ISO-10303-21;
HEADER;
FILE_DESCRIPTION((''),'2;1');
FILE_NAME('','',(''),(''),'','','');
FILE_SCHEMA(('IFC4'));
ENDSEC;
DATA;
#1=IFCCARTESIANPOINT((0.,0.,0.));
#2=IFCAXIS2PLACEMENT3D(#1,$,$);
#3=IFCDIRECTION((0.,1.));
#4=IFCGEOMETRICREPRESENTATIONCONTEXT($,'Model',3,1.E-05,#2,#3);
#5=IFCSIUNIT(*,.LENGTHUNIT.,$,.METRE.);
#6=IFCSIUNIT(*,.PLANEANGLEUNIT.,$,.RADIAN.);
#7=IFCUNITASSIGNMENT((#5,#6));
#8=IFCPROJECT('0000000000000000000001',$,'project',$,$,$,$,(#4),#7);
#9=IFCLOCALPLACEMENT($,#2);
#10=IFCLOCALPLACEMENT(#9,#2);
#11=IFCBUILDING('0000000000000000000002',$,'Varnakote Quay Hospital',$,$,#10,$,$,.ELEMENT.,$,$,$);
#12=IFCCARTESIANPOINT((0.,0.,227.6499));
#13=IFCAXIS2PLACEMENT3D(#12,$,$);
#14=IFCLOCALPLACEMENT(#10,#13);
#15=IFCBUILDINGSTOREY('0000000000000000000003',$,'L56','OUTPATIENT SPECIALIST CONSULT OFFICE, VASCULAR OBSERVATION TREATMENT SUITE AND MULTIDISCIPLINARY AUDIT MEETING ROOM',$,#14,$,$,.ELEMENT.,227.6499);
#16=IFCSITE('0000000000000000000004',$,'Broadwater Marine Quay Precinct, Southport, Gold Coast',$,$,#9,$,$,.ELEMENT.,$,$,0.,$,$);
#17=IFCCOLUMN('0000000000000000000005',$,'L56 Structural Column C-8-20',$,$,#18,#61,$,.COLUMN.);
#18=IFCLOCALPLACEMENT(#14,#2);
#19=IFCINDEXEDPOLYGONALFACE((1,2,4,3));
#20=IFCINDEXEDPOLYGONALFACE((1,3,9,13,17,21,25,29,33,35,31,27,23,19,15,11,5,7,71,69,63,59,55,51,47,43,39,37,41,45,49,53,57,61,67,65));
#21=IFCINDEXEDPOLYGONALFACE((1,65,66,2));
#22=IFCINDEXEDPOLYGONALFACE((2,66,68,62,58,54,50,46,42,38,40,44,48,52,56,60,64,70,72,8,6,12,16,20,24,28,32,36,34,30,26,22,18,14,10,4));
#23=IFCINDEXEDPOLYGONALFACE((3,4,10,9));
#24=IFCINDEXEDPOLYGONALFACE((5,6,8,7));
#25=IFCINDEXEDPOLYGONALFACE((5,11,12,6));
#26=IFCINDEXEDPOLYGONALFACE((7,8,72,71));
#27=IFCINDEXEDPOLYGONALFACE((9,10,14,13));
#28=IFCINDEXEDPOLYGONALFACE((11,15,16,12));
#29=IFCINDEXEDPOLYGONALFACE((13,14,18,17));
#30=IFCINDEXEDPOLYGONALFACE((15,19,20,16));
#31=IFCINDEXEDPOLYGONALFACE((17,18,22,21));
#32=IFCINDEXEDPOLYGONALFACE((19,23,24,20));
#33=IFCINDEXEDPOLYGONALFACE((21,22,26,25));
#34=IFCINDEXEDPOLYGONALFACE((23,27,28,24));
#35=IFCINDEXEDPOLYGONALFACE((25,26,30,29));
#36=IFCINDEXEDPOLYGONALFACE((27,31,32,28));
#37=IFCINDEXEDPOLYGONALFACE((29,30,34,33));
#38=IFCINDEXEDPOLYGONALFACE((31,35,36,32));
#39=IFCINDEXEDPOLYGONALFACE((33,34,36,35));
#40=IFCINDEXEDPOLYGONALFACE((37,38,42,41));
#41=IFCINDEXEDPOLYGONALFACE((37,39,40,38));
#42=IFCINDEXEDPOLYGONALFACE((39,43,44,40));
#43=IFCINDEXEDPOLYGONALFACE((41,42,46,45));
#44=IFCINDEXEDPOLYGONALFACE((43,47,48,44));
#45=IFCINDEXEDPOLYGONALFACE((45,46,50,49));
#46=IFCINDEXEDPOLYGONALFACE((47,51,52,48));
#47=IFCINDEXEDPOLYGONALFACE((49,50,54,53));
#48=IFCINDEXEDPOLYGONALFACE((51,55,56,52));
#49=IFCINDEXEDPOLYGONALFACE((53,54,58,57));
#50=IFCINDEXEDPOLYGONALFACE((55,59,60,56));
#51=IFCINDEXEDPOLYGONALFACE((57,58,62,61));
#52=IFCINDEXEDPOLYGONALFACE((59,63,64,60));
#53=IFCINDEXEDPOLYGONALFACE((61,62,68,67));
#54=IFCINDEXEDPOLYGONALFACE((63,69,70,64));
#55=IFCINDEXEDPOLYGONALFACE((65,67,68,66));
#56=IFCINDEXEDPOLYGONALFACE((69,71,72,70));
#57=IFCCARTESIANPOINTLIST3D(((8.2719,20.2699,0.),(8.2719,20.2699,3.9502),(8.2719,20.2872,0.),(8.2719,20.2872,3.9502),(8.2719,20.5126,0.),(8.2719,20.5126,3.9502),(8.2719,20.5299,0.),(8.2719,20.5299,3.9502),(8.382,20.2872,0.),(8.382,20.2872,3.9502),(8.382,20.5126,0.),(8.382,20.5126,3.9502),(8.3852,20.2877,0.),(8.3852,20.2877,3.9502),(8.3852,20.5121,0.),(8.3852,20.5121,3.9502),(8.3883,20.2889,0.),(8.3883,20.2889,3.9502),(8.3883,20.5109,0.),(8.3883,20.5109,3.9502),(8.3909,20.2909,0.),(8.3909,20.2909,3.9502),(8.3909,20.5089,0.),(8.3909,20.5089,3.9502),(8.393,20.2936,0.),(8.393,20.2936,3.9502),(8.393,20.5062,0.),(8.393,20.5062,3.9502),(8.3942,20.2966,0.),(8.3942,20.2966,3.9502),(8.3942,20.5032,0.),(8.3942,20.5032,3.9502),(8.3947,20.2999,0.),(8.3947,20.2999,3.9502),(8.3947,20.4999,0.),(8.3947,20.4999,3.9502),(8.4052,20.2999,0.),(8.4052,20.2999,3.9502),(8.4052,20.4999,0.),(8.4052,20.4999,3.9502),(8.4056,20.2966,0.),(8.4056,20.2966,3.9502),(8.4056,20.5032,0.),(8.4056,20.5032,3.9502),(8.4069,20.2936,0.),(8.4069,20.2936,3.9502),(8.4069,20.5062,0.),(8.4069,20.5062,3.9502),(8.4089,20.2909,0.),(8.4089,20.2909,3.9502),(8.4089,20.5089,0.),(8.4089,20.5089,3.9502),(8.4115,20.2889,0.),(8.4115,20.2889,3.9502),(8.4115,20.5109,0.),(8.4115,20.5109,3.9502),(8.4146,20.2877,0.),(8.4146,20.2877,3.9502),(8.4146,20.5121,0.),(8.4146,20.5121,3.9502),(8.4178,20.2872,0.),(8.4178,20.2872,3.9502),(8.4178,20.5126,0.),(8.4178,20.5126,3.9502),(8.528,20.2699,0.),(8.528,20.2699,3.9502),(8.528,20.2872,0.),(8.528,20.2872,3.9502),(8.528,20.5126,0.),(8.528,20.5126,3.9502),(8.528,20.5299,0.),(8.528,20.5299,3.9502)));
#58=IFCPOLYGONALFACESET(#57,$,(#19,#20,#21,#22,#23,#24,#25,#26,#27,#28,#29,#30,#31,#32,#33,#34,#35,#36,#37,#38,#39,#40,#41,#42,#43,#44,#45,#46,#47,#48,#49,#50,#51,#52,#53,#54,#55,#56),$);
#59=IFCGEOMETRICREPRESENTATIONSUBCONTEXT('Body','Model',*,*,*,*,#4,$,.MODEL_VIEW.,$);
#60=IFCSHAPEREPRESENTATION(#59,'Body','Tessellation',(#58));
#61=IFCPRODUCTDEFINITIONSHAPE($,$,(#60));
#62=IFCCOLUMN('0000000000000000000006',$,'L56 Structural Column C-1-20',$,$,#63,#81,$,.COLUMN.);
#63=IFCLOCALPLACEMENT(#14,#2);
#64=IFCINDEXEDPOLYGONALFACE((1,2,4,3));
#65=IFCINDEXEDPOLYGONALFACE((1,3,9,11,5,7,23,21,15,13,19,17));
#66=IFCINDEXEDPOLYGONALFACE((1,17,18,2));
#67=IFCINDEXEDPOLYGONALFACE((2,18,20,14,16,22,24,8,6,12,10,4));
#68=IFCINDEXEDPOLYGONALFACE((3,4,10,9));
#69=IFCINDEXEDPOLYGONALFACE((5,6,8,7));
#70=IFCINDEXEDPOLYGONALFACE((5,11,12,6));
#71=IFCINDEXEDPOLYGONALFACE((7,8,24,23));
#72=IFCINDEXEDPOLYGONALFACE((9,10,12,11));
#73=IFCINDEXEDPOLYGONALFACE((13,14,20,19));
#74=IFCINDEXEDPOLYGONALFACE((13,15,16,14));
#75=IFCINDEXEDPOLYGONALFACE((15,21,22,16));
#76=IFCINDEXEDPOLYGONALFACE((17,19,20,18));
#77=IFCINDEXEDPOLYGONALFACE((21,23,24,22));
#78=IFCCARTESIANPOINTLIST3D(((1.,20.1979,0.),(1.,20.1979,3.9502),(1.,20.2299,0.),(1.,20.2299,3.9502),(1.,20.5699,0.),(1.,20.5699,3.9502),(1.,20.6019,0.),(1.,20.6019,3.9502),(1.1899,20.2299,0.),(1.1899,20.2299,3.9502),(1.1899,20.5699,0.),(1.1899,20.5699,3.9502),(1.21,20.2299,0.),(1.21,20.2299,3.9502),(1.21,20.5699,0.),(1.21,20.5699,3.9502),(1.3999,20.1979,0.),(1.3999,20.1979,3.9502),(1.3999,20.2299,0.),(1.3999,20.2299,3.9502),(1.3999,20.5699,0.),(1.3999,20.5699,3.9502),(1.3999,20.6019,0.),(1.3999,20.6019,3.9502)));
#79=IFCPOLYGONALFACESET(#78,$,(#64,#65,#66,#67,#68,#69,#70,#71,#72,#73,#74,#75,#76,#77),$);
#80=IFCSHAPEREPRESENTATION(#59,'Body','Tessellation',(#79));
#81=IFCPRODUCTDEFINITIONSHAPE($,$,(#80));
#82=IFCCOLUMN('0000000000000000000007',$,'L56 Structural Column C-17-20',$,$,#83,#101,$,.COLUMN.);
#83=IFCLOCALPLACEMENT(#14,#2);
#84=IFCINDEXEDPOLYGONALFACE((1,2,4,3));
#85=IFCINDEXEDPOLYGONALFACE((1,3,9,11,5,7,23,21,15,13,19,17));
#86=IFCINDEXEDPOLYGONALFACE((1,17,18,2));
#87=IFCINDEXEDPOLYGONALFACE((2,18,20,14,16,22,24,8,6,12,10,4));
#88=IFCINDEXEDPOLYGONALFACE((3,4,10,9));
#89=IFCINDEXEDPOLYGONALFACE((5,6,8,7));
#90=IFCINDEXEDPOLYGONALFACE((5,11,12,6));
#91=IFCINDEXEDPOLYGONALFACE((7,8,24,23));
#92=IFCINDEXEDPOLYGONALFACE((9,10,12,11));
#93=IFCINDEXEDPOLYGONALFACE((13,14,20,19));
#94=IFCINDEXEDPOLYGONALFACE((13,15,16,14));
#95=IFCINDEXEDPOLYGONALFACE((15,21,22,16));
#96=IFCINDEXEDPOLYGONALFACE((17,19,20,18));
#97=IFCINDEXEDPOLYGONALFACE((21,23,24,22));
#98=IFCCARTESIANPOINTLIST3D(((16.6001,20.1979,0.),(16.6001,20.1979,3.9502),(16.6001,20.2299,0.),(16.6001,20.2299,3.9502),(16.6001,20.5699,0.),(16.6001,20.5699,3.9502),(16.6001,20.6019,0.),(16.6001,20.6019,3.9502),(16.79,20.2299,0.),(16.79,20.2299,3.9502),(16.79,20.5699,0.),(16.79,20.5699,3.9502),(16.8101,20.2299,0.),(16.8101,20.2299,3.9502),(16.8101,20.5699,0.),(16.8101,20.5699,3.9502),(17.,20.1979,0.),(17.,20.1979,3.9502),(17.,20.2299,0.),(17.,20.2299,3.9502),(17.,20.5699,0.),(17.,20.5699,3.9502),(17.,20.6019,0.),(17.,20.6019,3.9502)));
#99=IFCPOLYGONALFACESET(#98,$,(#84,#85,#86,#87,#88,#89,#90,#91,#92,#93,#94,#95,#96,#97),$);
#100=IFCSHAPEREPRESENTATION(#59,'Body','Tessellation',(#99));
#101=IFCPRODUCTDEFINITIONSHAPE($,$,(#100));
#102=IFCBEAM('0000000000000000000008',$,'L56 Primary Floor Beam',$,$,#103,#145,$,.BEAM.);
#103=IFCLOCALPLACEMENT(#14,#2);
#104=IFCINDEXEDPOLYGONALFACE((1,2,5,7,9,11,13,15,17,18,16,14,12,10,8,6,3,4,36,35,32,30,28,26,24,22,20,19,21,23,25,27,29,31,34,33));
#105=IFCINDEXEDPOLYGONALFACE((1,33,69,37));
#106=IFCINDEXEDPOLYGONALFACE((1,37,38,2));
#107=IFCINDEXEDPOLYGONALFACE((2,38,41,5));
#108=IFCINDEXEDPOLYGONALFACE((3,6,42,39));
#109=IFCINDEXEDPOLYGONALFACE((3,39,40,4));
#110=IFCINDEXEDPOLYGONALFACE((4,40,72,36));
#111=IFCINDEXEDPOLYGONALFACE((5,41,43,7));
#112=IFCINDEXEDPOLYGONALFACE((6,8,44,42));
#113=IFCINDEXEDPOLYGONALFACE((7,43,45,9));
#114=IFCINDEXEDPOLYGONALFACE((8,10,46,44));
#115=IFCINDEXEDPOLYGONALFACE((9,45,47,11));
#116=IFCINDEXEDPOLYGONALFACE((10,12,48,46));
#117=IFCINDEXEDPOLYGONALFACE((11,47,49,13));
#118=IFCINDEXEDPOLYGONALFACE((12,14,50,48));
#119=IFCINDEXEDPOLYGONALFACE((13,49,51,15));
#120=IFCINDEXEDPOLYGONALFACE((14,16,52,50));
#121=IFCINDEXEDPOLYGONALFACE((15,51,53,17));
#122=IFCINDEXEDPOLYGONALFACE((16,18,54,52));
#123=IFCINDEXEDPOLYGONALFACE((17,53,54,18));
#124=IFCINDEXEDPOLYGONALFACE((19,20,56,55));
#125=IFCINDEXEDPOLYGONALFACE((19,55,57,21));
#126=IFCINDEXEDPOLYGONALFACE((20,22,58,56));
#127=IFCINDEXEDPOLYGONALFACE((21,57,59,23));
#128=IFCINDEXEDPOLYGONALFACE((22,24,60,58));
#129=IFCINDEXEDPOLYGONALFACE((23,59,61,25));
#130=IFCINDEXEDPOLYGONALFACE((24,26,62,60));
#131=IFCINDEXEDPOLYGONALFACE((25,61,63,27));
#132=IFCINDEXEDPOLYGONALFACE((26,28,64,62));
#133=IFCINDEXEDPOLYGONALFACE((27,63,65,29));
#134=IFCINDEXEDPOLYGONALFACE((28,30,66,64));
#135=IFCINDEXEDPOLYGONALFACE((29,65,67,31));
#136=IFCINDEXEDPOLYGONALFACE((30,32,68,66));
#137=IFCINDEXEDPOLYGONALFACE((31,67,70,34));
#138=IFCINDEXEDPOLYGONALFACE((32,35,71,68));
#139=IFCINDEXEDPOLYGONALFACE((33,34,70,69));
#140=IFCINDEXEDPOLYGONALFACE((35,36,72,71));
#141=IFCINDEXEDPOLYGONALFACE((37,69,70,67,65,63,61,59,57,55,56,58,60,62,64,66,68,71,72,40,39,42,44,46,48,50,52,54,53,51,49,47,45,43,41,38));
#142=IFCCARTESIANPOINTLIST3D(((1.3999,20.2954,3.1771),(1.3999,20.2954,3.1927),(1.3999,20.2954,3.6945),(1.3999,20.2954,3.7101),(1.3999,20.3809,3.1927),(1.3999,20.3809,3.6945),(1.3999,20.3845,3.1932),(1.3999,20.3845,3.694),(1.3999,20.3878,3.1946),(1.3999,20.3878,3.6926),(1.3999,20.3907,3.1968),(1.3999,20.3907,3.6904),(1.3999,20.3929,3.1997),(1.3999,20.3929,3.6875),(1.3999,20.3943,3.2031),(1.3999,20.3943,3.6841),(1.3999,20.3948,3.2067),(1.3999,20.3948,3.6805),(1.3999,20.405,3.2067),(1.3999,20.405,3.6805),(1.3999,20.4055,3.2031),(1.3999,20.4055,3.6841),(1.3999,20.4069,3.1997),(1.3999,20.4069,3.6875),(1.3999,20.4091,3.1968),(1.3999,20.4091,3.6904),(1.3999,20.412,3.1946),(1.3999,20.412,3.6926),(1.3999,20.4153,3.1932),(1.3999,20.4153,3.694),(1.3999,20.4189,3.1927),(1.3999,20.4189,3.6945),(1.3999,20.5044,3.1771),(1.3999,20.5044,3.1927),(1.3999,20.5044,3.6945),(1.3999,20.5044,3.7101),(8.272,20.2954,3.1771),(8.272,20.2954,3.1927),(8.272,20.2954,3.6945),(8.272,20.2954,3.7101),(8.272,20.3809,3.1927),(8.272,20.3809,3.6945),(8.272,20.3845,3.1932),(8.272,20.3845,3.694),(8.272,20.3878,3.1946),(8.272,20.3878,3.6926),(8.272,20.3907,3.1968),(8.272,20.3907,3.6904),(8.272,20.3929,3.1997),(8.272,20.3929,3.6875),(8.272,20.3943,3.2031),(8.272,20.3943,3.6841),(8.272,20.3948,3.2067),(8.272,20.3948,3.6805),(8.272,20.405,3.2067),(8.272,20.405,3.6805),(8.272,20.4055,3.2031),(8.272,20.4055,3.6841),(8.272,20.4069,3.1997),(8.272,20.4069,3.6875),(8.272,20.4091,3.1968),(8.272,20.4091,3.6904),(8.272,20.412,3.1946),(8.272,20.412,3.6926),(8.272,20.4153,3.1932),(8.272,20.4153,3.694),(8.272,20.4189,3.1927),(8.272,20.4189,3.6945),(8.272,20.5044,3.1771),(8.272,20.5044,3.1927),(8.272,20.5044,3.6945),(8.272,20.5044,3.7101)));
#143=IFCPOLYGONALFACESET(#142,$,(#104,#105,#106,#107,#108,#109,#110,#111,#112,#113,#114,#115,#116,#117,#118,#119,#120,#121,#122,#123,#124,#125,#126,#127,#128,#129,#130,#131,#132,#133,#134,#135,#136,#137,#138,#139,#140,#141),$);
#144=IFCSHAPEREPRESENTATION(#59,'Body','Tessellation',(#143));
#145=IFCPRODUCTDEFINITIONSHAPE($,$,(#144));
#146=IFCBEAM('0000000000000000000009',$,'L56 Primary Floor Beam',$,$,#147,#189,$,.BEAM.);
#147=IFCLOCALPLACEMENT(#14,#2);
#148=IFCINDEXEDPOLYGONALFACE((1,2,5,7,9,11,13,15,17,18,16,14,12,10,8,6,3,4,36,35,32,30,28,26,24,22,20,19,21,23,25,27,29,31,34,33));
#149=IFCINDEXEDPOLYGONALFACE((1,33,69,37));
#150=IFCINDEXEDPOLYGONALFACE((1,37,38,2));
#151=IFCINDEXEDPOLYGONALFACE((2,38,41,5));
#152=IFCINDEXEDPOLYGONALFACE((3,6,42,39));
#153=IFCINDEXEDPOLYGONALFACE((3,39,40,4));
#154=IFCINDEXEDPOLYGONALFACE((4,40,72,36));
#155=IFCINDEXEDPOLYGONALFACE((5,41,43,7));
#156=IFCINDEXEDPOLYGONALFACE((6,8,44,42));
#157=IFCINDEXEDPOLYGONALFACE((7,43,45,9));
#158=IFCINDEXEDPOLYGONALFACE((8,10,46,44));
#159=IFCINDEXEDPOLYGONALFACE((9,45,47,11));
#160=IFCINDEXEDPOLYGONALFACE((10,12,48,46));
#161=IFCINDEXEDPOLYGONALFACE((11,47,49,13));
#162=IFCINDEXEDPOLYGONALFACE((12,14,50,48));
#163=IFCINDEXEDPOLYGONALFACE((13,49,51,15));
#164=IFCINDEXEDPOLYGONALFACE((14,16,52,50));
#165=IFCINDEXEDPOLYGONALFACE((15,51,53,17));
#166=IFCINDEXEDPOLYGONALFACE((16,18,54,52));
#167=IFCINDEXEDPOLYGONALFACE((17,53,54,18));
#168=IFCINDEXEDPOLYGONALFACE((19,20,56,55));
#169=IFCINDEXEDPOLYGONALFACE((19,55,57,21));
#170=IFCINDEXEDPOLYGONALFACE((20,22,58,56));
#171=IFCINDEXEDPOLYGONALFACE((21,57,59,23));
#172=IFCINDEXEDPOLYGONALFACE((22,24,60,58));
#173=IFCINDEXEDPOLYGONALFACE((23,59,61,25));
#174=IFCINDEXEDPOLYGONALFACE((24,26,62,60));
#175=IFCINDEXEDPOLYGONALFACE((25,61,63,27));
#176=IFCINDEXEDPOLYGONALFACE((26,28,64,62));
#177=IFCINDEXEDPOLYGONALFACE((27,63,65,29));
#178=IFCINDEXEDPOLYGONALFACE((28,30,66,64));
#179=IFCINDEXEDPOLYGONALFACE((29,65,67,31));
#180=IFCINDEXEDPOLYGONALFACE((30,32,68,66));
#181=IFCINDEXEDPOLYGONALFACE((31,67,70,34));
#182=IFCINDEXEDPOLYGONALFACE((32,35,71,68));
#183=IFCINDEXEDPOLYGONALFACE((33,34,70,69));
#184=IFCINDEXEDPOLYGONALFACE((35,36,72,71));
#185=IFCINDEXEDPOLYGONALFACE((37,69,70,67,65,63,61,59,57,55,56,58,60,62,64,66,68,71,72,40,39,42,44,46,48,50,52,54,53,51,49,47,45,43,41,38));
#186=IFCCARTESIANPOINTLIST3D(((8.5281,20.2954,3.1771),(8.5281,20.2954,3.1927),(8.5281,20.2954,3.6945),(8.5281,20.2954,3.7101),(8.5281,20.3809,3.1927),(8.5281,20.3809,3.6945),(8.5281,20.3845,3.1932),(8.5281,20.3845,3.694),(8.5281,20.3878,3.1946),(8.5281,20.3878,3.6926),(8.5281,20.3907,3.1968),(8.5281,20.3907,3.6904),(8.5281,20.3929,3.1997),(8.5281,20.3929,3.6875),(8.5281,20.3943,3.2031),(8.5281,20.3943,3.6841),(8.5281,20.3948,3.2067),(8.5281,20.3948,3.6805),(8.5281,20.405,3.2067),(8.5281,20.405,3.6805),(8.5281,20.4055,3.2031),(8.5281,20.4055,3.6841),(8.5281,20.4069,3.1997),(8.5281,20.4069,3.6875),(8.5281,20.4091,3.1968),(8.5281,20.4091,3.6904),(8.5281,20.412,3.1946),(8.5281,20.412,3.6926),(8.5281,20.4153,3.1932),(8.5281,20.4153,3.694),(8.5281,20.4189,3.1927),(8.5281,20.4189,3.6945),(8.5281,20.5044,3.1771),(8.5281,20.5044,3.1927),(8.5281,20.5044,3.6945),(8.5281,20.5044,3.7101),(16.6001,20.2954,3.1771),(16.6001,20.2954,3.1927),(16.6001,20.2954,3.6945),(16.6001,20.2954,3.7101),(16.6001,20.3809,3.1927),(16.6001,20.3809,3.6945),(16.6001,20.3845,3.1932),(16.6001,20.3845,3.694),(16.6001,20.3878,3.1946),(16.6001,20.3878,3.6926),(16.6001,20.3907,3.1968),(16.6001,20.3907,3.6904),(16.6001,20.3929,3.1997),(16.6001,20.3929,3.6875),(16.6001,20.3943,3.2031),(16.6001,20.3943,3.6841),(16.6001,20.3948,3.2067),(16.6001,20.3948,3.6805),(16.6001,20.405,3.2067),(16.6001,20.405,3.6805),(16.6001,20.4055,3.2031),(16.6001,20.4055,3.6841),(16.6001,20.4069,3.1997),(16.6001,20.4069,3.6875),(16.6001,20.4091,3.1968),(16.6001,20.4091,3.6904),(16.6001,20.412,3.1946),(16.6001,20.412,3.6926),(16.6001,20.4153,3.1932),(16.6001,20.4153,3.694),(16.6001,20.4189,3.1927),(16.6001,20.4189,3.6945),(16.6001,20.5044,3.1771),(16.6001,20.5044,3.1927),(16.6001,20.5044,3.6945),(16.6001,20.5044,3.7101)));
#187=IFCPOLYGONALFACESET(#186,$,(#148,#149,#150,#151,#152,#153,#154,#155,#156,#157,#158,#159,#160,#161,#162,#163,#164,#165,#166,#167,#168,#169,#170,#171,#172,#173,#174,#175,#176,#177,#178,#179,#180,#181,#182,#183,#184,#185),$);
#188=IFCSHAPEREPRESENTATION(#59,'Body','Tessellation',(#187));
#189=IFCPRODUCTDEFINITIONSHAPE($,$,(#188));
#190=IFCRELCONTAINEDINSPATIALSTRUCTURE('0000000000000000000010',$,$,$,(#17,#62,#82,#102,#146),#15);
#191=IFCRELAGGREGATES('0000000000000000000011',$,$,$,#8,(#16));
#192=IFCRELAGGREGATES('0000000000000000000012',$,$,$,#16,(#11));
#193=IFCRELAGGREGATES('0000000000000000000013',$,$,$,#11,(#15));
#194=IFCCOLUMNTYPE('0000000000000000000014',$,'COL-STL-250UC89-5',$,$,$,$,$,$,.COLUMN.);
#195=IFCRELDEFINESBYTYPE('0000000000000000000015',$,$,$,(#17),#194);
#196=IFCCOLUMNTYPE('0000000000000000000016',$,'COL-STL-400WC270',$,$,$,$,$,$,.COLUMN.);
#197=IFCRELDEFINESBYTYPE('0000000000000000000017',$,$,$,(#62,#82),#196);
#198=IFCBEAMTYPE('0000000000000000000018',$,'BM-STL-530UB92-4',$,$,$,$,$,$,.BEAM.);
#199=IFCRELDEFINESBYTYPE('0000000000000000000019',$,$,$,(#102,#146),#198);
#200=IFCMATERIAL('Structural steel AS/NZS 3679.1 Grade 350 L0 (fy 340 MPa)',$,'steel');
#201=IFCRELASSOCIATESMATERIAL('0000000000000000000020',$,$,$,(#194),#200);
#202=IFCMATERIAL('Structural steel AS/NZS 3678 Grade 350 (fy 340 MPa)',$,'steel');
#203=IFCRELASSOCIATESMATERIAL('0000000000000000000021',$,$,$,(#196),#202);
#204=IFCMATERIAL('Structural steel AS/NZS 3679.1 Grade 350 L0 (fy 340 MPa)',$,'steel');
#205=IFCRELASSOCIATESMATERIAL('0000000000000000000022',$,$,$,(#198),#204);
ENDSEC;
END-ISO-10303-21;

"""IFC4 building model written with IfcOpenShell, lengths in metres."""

from ifc_helpers import new_model, si_unit, direction, frame, origin, origin_2d, place, context, subcontext, project, spatial, i_section, extrude, material, material_profile, profile_set, type_object, element, save


model = new_model("IFC4")

# Units and contexts
model_context = context("Model", 3, precision=1e-05, world=origin(), true_north=direction((0.0, 1.0)))
body_context = subcontext(model_context, "Body", "Model", "MODEL_VIEW")
ifc_project = project(units=[si_unit("LENGTHUNIT", "METRE"), si_unit("PLANEANGLEUNIT", "RADIAN")], contexts=[model_context])

# Site, building, storey
site_placement = place(None, origin())
site = spatial("IfcSite", under=ifc_project, at=site_placement, Name="Broadwater Marine Quay Precinct, Southport, Gold Coast", CompositionType="ELEMENT", RefElevation=0.0)
building_placement = place(site_placement, origin())
building = spatial("IfcBuilding", under=site, at=building_placement, Name="Varnakote Quay Hospital", CompositionType="ELEMENT")
storey_placement = place(building_placement, frame((0.0, 0.0, 227.6499)))
storey = spatial("IfcBuildingStorey", under=building, at=storey_placement, Name="L56", Description="OUTPATIENT SPECIALIST CONSULT OFFICE, VASCULAR OBSERVATION TREATMENT SUITE AND MULTIDISCIPLINARY AUDIT MEETING ROOM", CompositionType="ELEMENT", Elevation=227.6499)

# Columns
ifc_material_1 = material(Name="Structural steel AS/NZS 3679.1 Grade 350 L0 (fy 340 MPa)", Category="steel")
ifc_material_profile_1 = material_profile(ifc_material_1, i_section(OverallWidth=0.2561, OverallDepth=0.26, WebThickness=0.0105, FlangeThickness=0.0173, FilletRadius=0.0127, at=origin_2d()), Name="250UC89.5")
ifc_profile_set_1 = profile_set([ifc_material_profile_1], Name="Structural steel AS/NZS 3679.1 Grade 350 L0 (fy 340 MPa)")
column_type_1 = type_object("IfcColumnType", Name="COL-STL-250UC89-5", PredefinedType="COLUMN", material=ifc_profile_set_1)
column_placement = place(storey_placement, frame((8.3999, 20.3999, 0.0), z_axis=(0.0, 0.0, 1.0), x_axis=(1.0, 0.0, 0.0)))
element("IfcColumn", 1, at=column_placement, inside=storey, type_object=column_type_1, Name="L56 Structural Column C-8-20", PredefinedType="COLUMN", context=body_context, shape_type="SweptSolid", body=[
    extrude(i_section(OverallWidth=0.2561, OverallDepth=0.26, WebThickness=0.0105, FlangeThickness=0.0173, FilletRadius=0.0127, at=origin_2d()), origin(), (0.0, 0.0, 1.0), 3.9502),
])
ifc_material_2 = material(Name="Structural steel AS/NZS 3678 Grade 350 (fy 340 MPa)", Category="steel")
ifc_material_profile_2 = material_profile(ifc_material_2, i_section(OverallWidth=0.3999, OverallDepth=0.4041, WebThickness=0.02, FlangeThickness=0.032, at=origin_2d()), Name="400WC270")
ifc_profile_set_2 = profile_set([ifc_material_profile_2], Name="Structural steel AS/NZS 3678 Grade 350 (fy 340 MPa)")
column_type_2 = type_object("IfcColumnType", Name="COL-STL-400WC270", PredefinedType="COLUMN", material=ifc_profile_set_2)
for number, where, z_axis, x_axis, name in (
    (2, (1.2, 20.3999, 0.0), (0.0, 0.0, 1.0), (1.0, 0.0, 0.0), "L56 Structural Column C-1-20"),
    (3, (16.8, 20.3999, 0.0), (0.0, 0.0, 1.0), (1.0, 0.0, 0.0), "L56 Structural Column C-17-20"),
):
    element("IfcColumn", number, at=place(storey_placement, frame(where, z_axis=z_axis, x_axis=x_axis)), inside=storey, type_object=column_type_2, Name=name, PredefinedType="COLUMN", context=body_context, shape_type="SweptSolid", body=[
        extrude(i_section(OverallWidth=0.3999, OverallDepth=0.4041, WebThickness=0.02, FlangeThickness=0.032, at=origin_2d()), origin(), (0.0, 0.0, 1.0), 3.9502),
    ])

# Beams
ifc_material_3 = material(Name="Structural steel AS/NZS 3679.1 Grade 350 L0 (fy 340 MPa)", Category="steel")
ifc_material_profile_3 = material_profile(ifc_material_3, i_section(OverallWidth=0.209, OverallDepth=0.533, WebThickness=0.0103, FlangeThickness=0.0156, FilletRadius=0.0139, at=origin_2d()), Name="530UB92.4")
ifc_profile_set_3 = profile_set([ifc_material_profile_3], Name="Structural steel AS/NZS 3679.1 Grade 350 L0 (fy 340 MPa)")
beam_type_1 = type_object("IfcBeamType", Name="BM-STL-530UB92-4", PredefinedType="BEAM", material=ifc_profile_set_3)
beam_1_placement = place(storey_placement, frame((1.3999, 20.3999, 3.4436), z_axis=(1.0, 0.0, 0.0), x_axis=(0.0, 1.0, 0.0)))
element("IfcBeam", 4, at=beam_1_placement, inside=storey, type_object=beam_type_1, Name="L56 Primary Floor Beam", PredefinedType="BEAM", context=body_context, shape_type="SweptSolid", body=[
    extrude(i_section(OverallWidth=0.209, OverallDepth=0.533, WebThickness=0.0103, FlangeThickness=0.0156, FilletRadius=0.0139, at=origin_2d()), origin(), (0.0, 0.0, 1.0), 6.8721),
])
beam_2_placement = place(storey_placement, frame((8.5281, 20.3999, 3.4436), z_axis=(1.0, 0.0, 0.0), x_axis=(0.0, 1.0, 0.0)))
element("IfcBeam", 5, at=beam_2_placement, inside=storey, type_object=beam_type_1, Name="L56 Primary Floor Beam", PredefinedType="BEAM", context=body_context, shape_type="SweptSolid", body=[
    extrude(i_section(OverallWidth=0.209, OverallDepth=0.533, WebThickness=0.0103, FlangeThickness=0.0156, FilletRadius=0.0139, at=origin_2d()), origin(), (0.0, 0.0, 1.0), 8.072),
])

save(model, "model.ifc")
